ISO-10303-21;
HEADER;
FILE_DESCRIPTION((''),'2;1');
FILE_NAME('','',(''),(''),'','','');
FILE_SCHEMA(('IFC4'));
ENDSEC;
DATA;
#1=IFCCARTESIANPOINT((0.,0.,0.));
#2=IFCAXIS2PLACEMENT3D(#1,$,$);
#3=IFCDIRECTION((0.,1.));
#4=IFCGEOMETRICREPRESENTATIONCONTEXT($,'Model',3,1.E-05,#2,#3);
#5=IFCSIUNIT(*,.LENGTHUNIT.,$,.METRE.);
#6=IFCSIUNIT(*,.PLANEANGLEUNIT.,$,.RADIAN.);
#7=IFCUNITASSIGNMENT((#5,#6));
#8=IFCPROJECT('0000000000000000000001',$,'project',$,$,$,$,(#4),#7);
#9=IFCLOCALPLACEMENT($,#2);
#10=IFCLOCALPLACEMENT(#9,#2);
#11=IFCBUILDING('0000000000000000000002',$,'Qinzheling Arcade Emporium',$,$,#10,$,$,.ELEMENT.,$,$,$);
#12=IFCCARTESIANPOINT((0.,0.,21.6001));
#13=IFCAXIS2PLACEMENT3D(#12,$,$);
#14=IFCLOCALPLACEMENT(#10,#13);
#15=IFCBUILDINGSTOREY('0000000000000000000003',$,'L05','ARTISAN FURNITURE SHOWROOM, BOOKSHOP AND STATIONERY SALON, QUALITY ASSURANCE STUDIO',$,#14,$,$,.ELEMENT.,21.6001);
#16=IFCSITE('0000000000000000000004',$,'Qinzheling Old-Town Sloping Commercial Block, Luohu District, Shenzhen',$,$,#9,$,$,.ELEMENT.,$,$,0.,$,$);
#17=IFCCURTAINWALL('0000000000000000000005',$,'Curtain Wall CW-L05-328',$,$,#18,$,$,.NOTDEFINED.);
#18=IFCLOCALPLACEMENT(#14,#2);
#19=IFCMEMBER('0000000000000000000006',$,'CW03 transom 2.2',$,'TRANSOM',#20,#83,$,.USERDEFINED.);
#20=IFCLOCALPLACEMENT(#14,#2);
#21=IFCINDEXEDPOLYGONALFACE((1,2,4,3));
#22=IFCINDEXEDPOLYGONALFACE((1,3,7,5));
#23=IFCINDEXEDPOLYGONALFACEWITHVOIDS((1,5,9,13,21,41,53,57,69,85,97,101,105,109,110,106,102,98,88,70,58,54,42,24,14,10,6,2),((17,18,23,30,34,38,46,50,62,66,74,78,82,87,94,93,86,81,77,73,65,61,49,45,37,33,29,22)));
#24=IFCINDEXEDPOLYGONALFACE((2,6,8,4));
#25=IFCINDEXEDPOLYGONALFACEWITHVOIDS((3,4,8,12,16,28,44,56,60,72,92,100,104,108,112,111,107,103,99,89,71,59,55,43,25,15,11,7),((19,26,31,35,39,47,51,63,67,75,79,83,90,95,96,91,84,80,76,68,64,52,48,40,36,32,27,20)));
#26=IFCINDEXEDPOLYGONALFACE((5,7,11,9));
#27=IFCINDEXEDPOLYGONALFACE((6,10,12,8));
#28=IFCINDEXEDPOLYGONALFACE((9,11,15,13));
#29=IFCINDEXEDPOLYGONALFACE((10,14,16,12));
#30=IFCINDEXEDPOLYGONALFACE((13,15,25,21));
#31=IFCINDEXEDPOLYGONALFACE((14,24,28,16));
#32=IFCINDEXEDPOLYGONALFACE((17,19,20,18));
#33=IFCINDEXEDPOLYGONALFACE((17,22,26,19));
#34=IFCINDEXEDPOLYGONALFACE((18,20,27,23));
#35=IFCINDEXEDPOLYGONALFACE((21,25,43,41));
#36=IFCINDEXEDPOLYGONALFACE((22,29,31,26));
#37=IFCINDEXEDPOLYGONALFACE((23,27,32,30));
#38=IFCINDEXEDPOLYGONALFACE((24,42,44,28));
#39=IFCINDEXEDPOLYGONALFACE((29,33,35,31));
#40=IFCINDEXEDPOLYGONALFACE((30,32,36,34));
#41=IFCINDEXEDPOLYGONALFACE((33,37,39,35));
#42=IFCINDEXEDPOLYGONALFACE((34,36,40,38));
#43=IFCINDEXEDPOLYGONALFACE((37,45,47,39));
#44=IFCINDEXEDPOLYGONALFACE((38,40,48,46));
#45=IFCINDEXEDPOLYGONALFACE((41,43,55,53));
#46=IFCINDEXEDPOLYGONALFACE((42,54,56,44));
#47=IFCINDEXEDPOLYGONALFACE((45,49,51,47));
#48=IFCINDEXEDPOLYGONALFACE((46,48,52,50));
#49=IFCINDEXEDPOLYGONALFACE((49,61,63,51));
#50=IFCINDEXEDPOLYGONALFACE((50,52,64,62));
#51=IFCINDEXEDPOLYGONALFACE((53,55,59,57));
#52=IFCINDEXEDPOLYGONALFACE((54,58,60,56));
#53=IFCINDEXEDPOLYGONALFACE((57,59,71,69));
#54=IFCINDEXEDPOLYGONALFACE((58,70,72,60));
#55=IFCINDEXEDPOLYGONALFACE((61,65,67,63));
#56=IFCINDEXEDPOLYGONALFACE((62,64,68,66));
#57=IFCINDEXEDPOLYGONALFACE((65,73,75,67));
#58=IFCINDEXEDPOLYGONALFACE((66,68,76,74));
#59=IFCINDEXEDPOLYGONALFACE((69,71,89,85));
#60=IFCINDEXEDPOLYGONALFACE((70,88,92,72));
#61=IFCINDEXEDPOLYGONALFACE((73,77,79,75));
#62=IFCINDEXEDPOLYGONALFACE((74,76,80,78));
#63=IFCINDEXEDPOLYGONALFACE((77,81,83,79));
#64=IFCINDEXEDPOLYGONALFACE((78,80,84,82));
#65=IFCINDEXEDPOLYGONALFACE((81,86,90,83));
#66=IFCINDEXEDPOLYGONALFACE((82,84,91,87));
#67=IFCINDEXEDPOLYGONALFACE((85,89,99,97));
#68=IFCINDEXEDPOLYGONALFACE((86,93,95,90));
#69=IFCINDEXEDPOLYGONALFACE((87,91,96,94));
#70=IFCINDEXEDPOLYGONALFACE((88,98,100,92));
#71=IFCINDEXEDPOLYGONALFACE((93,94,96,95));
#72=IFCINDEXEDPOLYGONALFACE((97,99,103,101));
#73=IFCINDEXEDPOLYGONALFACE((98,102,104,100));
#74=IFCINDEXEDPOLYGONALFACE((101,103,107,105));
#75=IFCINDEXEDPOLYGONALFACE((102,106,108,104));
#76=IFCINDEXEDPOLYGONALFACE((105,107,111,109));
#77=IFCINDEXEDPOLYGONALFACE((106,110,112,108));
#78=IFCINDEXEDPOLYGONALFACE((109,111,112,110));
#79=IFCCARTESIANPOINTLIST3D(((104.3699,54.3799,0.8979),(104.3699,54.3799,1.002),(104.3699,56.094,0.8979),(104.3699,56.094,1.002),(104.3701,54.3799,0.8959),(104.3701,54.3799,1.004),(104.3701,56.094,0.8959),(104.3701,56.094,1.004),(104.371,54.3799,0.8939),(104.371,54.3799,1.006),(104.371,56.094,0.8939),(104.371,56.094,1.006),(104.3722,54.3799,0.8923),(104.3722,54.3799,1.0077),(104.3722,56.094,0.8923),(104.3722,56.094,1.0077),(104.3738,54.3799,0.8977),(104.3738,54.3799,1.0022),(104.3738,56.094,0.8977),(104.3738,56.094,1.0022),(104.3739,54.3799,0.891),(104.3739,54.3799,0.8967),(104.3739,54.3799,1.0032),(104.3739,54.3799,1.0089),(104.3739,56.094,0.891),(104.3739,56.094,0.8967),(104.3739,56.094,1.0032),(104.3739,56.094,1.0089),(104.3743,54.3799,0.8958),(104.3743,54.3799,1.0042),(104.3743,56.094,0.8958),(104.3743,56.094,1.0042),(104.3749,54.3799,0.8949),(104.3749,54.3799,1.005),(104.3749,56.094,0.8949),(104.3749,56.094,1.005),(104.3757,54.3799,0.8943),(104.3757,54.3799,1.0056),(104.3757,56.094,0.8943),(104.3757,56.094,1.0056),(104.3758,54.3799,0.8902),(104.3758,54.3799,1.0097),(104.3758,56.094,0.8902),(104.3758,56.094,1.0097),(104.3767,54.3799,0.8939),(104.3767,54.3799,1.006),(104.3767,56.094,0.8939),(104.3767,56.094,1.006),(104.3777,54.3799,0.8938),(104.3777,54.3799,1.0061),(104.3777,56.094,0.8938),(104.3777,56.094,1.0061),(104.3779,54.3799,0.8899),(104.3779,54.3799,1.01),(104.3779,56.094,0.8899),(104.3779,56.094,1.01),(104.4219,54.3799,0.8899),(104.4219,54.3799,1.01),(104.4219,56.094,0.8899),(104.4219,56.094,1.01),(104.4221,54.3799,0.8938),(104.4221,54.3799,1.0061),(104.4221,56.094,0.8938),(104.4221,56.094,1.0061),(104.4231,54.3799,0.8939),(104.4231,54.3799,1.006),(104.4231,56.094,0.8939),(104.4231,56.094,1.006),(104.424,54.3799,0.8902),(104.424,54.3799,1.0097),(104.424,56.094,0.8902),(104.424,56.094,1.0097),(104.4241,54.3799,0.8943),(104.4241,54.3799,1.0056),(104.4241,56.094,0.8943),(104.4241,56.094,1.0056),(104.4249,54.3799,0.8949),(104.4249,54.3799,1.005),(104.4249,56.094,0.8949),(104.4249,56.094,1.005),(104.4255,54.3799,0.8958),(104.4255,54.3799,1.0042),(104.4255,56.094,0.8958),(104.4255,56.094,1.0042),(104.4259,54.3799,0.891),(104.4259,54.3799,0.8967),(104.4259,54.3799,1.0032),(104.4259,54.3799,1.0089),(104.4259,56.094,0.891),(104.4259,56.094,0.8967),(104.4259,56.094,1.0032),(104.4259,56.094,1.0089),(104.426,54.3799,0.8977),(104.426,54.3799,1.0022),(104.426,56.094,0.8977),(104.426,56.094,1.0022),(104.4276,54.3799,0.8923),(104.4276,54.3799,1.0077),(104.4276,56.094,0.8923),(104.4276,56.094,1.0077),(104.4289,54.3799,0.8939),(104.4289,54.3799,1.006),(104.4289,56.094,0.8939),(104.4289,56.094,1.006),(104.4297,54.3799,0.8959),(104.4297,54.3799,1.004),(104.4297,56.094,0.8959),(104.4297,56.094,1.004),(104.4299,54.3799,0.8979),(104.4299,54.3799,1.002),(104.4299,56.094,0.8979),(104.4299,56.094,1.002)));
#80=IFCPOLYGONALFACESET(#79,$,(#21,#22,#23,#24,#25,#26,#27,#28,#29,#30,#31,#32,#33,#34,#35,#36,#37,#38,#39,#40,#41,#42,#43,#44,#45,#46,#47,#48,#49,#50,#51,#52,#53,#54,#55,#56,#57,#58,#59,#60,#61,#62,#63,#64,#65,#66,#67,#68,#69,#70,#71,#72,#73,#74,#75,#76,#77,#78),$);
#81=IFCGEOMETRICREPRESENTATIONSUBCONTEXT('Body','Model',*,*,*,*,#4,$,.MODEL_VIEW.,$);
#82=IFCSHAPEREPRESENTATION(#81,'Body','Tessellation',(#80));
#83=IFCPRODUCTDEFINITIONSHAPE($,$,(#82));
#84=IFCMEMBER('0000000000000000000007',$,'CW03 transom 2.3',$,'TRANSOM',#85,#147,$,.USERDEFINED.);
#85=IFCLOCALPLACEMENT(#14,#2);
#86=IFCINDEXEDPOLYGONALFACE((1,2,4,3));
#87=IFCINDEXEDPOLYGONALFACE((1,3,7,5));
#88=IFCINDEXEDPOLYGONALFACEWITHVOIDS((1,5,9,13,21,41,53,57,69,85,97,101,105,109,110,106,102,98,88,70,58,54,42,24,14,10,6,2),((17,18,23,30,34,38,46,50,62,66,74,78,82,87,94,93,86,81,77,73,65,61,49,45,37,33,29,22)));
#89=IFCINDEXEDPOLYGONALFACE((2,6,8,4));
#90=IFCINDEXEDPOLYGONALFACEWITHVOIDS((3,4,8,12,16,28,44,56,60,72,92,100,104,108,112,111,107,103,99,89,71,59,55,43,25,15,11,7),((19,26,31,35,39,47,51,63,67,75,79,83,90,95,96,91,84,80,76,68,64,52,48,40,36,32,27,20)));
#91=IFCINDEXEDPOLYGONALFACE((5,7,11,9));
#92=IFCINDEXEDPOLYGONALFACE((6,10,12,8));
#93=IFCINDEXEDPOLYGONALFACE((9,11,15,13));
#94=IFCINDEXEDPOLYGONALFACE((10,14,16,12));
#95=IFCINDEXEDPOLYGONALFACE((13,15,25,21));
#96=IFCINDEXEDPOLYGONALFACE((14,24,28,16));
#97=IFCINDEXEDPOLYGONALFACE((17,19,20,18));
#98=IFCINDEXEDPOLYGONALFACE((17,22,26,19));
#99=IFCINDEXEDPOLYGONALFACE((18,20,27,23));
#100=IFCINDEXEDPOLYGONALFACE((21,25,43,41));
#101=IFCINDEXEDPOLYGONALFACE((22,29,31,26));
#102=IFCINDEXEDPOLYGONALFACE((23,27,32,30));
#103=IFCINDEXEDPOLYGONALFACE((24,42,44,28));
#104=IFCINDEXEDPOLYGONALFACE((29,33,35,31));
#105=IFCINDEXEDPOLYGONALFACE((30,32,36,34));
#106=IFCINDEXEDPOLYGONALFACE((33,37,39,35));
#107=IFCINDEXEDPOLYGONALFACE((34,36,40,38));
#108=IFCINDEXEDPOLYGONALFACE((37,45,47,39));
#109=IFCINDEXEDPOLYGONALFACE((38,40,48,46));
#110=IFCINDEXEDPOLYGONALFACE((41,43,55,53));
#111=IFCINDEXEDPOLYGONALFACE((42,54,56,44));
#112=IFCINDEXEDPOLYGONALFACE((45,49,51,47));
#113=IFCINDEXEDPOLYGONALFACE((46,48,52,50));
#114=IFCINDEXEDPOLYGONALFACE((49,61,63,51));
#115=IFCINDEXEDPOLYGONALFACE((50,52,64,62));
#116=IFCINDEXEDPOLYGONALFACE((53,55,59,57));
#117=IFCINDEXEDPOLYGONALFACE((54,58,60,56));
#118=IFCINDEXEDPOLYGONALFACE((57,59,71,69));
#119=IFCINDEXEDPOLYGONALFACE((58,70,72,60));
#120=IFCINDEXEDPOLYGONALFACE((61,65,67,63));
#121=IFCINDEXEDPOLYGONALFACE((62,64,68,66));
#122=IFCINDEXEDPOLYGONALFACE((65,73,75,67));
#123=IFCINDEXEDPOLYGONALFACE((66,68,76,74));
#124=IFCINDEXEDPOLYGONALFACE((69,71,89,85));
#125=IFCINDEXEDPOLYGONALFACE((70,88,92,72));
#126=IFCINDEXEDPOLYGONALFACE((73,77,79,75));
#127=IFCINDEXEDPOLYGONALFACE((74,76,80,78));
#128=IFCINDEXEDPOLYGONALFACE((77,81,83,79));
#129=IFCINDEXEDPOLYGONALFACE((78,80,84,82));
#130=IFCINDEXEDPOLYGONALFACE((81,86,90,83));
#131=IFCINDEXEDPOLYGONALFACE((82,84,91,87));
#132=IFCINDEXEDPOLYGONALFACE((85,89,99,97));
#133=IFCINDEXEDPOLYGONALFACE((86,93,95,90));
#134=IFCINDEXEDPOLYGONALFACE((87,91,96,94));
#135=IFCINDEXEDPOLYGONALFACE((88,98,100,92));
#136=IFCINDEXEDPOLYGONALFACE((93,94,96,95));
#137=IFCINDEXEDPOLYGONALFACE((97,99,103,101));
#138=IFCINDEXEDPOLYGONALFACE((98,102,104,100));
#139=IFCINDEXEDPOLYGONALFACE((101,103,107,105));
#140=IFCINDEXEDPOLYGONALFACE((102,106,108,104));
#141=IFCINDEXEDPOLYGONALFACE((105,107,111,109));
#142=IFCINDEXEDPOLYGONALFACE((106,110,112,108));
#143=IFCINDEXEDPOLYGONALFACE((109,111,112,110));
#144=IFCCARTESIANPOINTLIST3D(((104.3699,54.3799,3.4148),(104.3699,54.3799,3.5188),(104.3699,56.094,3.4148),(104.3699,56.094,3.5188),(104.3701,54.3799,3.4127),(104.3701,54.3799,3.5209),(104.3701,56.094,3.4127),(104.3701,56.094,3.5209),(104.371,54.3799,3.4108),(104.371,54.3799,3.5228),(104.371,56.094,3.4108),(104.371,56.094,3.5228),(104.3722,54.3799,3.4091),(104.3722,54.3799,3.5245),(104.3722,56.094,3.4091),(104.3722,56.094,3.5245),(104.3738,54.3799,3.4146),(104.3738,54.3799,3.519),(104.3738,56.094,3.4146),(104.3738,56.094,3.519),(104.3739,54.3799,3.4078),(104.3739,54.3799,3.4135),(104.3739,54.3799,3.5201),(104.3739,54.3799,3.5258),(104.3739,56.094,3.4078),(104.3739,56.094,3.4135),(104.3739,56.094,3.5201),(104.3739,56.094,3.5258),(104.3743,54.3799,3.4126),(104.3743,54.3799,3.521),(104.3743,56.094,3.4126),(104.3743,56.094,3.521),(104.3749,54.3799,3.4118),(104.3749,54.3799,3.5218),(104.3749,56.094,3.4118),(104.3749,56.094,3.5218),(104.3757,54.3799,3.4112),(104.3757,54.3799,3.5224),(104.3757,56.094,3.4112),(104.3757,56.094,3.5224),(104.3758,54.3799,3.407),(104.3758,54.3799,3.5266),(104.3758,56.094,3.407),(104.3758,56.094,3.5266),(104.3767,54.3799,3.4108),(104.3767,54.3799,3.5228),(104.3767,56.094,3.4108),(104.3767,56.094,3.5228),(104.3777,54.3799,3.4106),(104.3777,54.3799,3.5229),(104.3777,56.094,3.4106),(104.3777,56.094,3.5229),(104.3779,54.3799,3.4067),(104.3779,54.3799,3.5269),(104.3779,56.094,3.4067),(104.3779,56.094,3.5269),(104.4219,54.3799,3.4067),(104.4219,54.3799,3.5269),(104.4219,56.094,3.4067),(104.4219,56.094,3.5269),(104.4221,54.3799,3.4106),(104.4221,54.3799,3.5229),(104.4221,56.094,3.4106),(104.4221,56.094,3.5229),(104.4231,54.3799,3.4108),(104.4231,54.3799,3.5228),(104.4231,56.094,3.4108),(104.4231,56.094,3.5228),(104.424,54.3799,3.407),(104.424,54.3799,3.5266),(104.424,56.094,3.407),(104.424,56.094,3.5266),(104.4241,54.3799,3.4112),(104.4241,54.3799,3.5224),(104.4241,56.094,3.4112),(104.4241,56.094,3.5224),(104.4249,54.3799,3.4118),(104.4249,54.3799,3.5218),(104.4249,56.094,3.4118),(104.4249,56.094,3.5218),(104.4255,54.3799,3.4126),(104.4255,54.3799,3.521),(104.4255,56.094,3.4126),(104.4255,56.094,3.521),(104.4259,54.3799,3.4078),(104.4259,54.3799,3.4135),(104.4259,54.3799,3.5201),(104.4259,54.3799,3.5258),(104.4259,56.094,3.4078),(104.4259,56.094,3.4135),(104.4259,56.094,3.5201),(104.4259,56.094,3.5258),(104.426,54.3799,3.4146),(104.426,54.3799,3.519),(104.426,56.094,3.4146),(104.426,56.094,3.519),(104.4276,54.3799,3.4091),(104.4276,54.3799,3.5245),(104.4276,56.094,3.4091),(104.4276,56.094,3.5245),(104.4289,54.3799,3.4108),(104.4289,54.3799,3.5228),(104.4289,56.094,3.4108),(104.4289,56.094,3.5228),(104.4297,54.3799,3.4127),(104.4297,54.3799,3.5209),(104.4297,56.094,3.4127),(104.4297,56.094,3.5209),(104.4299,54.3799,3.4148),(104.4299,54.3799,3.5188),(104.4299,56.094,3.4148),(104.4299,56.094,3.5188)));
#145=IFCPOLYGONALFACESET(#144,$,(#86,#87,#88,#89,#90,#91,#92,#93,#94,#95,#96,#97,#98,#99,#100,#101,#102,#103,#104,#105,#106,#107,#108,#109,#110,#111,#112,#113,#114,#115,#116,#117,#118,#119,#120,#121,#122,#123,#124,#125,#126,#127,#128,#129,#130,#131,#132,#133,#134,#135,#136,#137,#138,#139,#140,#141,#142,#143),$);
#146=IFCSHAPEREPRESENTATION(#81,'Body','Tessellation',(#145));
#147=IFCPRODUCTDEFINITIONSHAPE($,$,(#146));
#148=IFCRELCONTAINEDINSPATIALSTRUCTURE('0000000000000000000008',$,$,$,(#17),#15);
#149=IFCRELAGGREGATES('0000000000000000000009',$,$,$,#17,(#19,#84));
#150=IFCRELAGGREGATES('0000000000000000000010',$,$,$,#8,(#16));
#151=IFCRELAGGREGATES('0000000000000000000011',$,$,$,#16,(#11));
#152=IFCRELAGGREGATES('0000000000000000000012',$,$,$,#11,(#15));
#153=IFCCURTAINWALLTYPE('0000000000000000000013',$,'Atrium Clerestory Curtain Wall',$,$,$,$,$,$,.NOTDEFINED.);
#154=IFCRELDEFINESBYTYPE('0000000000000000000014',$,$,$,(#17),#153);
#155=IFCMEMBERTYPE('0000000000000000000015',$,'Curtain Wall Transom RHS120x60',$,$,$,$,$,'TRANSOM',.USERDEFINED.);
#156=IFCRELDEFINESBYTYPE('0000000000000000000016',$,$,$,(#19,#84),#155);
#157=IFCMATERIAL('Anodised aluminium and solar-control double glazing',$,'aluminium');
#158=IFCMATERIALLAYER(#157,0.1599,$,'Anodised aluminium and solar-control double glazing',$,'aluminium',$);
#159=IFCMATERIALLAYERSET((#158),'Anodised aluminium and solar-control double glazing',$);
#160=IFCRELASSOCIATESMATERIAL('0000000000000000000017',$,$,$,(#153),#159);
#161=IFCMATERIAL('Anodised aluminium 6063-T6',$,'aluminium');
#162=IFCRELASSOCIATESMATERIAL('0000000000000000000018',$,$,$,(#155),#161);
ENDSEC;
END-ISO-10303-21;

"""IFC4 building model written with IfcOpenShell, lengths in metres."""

from ifc_helpers import new_model, si_unit, direction, frame, origin, origin_2d, place, context, subcontext, project, spatial, hollow_rectangle, extrude, material, layer, layer_set, material_profile, profile_set, type_object, element, aggregate, save


model = new_model("IFC4")

# Units and contexts
model_context = context("Model", 3, precision=1e-05, world=origin(), true_north=direction((0.0, 1.0)))
body_context = subcontext(model_context, "Body", "Model", "MODEL_VIEW")
ifc_project = project(units=[si_unit("LENGTHUNIT", "METRE"), si_unit("PLANEANGLEUNIT", "RADIAN")], contexts=[model_context])

# Site, building, storey
site_placement = place(None, origin())
site = spatial("IfcSite", under=ifc_project, at=site_placement, Name="Qinzheling Old-Town Sloping Commercial Block, Luohu District, Shenzhen", CompositionType="ELEMENT", RefElevation=0.0)
building_placement = place(site_placement, origin())
building = spatial("IfcBuilding", under=site, at=building_placement, Name="Qinzheling Arcade Emporium", CompositionType="ELEMENT")
storey_placement = place(building_placement, frame((0.0, 0.0, 21.6001)))
storey = spatial("IfcBuildingStorey", under=building, at=storey_placement, Name="L05", Description="ARTISAN FURNITURE SHOWROOM, BOOKSHOP AND STATIONERY SALON, QUALITY ASSURANCE STUDIO", CompositionType="ELEMENT", Elevation=21.6001)

# Curtain wall, members
ifc_material_1 = material(Name="Anodised aluminium and solar-control double glazing", Category="aluminium")
ifc_layer_1 = layer(ifc_material_1, 0.1599, Name="Anodised aluminium and solar-control double glazing", Category="aluminium")
ifc_layer_set_1 = layer_set([ifc_layer_1], Name="Anodised aluminium and solar-control double glazing")
curtain_wall_type = type_object("IfcCurtainWallType", Name="Atrium Clerestory Curtain Wall", PredefinedType="NOTDEFINED", material=ifc_layer_set_1)
curtain_wall_placement = place(storey_placement, origin())
curtain_wall = element("IfcCurtainWall", 1, at=curtain_wall_placement, inside=storey, type_object=curtain_wall_type, Name="Curtain Wall CW-L05-328", PredefinedType="NOTDEFINED")
ifc_material_2 = material(Name="Anodised aluminium 6063-T6", Category="aluminium")
ifc_material_profile_1 = material_profile(ifc_material_2, hollow_rectangle(XDim=0.0601, YDim=0.1201, WallThickness=0.0039, InnerFilletRadius=0.0039, OuterFilletRadius=0.0081, at=origin_2d()), Name="RHS 120x60x4", Category="aluminium")
ifc_profile_set_1 = profile_set([ifc_material_profile_1], Name="Anodised aluminium 6063-T6")
member_type_1 = type_object("IfcMemberType", Name="Curtain Wall Transom RHS120x60", ElementType="TRANSOM", PredefinedType="USERDEFINED", material=ifc_profile_set_1)
member_1_placement = place(storey_placement, frame((104.3999, 56.094, 0.95), z_axis=(0.0, -1.0, 0.0), x_axis=(1.0, 0.0, 0.0)))
member_1 = element("IfcMember", 2, at=member_1_placement, type_object=member_type_1, Name="CW03 transom 2.2", ObjectType="TRANSOM", PredefinedType="USERDEFINED", context=body_context, shape_type="SweptSolid", body=[
    extrude(hollow_rectangle(XDim=0.0601, YDim=0.1201, WallThickness=0.0039, InnerFilletRadius=0.0039, OuterFilletRadius=0.0081, at=origin_2d()), origin(), (0.0, 0.0, 1.0), 1.7141),
])
member_2_placement = place(storey_placement, frame((104.3999, 56.094, 3.4668), z_axis=(0.0, -1.0, 0.0), x_axis=(1.0, 0.0, 0.0)))
member_2 = element("IfcMember", 3, at=member_2_placement, type_object=member_type_1, Name="CW03 transom 2.3", ObjectType="TRANSOM", PredefinedType="USERDEFINED", context=body_context, shape_type="SweptSolid", body=[
    extrude(hollow_rectangle(XDim=0.0601, YDim=0.1201, WallThickness=0.0039, InnerFilletRadius=0.0039, OuterFilletRadius=0.0081, at=origin_2d()), origin(), (0.0, 0.0, 1.0), 1.7141),
])
aggregate(curtain_wall, [member_1, member_2])

save(model, "model.ifc")
